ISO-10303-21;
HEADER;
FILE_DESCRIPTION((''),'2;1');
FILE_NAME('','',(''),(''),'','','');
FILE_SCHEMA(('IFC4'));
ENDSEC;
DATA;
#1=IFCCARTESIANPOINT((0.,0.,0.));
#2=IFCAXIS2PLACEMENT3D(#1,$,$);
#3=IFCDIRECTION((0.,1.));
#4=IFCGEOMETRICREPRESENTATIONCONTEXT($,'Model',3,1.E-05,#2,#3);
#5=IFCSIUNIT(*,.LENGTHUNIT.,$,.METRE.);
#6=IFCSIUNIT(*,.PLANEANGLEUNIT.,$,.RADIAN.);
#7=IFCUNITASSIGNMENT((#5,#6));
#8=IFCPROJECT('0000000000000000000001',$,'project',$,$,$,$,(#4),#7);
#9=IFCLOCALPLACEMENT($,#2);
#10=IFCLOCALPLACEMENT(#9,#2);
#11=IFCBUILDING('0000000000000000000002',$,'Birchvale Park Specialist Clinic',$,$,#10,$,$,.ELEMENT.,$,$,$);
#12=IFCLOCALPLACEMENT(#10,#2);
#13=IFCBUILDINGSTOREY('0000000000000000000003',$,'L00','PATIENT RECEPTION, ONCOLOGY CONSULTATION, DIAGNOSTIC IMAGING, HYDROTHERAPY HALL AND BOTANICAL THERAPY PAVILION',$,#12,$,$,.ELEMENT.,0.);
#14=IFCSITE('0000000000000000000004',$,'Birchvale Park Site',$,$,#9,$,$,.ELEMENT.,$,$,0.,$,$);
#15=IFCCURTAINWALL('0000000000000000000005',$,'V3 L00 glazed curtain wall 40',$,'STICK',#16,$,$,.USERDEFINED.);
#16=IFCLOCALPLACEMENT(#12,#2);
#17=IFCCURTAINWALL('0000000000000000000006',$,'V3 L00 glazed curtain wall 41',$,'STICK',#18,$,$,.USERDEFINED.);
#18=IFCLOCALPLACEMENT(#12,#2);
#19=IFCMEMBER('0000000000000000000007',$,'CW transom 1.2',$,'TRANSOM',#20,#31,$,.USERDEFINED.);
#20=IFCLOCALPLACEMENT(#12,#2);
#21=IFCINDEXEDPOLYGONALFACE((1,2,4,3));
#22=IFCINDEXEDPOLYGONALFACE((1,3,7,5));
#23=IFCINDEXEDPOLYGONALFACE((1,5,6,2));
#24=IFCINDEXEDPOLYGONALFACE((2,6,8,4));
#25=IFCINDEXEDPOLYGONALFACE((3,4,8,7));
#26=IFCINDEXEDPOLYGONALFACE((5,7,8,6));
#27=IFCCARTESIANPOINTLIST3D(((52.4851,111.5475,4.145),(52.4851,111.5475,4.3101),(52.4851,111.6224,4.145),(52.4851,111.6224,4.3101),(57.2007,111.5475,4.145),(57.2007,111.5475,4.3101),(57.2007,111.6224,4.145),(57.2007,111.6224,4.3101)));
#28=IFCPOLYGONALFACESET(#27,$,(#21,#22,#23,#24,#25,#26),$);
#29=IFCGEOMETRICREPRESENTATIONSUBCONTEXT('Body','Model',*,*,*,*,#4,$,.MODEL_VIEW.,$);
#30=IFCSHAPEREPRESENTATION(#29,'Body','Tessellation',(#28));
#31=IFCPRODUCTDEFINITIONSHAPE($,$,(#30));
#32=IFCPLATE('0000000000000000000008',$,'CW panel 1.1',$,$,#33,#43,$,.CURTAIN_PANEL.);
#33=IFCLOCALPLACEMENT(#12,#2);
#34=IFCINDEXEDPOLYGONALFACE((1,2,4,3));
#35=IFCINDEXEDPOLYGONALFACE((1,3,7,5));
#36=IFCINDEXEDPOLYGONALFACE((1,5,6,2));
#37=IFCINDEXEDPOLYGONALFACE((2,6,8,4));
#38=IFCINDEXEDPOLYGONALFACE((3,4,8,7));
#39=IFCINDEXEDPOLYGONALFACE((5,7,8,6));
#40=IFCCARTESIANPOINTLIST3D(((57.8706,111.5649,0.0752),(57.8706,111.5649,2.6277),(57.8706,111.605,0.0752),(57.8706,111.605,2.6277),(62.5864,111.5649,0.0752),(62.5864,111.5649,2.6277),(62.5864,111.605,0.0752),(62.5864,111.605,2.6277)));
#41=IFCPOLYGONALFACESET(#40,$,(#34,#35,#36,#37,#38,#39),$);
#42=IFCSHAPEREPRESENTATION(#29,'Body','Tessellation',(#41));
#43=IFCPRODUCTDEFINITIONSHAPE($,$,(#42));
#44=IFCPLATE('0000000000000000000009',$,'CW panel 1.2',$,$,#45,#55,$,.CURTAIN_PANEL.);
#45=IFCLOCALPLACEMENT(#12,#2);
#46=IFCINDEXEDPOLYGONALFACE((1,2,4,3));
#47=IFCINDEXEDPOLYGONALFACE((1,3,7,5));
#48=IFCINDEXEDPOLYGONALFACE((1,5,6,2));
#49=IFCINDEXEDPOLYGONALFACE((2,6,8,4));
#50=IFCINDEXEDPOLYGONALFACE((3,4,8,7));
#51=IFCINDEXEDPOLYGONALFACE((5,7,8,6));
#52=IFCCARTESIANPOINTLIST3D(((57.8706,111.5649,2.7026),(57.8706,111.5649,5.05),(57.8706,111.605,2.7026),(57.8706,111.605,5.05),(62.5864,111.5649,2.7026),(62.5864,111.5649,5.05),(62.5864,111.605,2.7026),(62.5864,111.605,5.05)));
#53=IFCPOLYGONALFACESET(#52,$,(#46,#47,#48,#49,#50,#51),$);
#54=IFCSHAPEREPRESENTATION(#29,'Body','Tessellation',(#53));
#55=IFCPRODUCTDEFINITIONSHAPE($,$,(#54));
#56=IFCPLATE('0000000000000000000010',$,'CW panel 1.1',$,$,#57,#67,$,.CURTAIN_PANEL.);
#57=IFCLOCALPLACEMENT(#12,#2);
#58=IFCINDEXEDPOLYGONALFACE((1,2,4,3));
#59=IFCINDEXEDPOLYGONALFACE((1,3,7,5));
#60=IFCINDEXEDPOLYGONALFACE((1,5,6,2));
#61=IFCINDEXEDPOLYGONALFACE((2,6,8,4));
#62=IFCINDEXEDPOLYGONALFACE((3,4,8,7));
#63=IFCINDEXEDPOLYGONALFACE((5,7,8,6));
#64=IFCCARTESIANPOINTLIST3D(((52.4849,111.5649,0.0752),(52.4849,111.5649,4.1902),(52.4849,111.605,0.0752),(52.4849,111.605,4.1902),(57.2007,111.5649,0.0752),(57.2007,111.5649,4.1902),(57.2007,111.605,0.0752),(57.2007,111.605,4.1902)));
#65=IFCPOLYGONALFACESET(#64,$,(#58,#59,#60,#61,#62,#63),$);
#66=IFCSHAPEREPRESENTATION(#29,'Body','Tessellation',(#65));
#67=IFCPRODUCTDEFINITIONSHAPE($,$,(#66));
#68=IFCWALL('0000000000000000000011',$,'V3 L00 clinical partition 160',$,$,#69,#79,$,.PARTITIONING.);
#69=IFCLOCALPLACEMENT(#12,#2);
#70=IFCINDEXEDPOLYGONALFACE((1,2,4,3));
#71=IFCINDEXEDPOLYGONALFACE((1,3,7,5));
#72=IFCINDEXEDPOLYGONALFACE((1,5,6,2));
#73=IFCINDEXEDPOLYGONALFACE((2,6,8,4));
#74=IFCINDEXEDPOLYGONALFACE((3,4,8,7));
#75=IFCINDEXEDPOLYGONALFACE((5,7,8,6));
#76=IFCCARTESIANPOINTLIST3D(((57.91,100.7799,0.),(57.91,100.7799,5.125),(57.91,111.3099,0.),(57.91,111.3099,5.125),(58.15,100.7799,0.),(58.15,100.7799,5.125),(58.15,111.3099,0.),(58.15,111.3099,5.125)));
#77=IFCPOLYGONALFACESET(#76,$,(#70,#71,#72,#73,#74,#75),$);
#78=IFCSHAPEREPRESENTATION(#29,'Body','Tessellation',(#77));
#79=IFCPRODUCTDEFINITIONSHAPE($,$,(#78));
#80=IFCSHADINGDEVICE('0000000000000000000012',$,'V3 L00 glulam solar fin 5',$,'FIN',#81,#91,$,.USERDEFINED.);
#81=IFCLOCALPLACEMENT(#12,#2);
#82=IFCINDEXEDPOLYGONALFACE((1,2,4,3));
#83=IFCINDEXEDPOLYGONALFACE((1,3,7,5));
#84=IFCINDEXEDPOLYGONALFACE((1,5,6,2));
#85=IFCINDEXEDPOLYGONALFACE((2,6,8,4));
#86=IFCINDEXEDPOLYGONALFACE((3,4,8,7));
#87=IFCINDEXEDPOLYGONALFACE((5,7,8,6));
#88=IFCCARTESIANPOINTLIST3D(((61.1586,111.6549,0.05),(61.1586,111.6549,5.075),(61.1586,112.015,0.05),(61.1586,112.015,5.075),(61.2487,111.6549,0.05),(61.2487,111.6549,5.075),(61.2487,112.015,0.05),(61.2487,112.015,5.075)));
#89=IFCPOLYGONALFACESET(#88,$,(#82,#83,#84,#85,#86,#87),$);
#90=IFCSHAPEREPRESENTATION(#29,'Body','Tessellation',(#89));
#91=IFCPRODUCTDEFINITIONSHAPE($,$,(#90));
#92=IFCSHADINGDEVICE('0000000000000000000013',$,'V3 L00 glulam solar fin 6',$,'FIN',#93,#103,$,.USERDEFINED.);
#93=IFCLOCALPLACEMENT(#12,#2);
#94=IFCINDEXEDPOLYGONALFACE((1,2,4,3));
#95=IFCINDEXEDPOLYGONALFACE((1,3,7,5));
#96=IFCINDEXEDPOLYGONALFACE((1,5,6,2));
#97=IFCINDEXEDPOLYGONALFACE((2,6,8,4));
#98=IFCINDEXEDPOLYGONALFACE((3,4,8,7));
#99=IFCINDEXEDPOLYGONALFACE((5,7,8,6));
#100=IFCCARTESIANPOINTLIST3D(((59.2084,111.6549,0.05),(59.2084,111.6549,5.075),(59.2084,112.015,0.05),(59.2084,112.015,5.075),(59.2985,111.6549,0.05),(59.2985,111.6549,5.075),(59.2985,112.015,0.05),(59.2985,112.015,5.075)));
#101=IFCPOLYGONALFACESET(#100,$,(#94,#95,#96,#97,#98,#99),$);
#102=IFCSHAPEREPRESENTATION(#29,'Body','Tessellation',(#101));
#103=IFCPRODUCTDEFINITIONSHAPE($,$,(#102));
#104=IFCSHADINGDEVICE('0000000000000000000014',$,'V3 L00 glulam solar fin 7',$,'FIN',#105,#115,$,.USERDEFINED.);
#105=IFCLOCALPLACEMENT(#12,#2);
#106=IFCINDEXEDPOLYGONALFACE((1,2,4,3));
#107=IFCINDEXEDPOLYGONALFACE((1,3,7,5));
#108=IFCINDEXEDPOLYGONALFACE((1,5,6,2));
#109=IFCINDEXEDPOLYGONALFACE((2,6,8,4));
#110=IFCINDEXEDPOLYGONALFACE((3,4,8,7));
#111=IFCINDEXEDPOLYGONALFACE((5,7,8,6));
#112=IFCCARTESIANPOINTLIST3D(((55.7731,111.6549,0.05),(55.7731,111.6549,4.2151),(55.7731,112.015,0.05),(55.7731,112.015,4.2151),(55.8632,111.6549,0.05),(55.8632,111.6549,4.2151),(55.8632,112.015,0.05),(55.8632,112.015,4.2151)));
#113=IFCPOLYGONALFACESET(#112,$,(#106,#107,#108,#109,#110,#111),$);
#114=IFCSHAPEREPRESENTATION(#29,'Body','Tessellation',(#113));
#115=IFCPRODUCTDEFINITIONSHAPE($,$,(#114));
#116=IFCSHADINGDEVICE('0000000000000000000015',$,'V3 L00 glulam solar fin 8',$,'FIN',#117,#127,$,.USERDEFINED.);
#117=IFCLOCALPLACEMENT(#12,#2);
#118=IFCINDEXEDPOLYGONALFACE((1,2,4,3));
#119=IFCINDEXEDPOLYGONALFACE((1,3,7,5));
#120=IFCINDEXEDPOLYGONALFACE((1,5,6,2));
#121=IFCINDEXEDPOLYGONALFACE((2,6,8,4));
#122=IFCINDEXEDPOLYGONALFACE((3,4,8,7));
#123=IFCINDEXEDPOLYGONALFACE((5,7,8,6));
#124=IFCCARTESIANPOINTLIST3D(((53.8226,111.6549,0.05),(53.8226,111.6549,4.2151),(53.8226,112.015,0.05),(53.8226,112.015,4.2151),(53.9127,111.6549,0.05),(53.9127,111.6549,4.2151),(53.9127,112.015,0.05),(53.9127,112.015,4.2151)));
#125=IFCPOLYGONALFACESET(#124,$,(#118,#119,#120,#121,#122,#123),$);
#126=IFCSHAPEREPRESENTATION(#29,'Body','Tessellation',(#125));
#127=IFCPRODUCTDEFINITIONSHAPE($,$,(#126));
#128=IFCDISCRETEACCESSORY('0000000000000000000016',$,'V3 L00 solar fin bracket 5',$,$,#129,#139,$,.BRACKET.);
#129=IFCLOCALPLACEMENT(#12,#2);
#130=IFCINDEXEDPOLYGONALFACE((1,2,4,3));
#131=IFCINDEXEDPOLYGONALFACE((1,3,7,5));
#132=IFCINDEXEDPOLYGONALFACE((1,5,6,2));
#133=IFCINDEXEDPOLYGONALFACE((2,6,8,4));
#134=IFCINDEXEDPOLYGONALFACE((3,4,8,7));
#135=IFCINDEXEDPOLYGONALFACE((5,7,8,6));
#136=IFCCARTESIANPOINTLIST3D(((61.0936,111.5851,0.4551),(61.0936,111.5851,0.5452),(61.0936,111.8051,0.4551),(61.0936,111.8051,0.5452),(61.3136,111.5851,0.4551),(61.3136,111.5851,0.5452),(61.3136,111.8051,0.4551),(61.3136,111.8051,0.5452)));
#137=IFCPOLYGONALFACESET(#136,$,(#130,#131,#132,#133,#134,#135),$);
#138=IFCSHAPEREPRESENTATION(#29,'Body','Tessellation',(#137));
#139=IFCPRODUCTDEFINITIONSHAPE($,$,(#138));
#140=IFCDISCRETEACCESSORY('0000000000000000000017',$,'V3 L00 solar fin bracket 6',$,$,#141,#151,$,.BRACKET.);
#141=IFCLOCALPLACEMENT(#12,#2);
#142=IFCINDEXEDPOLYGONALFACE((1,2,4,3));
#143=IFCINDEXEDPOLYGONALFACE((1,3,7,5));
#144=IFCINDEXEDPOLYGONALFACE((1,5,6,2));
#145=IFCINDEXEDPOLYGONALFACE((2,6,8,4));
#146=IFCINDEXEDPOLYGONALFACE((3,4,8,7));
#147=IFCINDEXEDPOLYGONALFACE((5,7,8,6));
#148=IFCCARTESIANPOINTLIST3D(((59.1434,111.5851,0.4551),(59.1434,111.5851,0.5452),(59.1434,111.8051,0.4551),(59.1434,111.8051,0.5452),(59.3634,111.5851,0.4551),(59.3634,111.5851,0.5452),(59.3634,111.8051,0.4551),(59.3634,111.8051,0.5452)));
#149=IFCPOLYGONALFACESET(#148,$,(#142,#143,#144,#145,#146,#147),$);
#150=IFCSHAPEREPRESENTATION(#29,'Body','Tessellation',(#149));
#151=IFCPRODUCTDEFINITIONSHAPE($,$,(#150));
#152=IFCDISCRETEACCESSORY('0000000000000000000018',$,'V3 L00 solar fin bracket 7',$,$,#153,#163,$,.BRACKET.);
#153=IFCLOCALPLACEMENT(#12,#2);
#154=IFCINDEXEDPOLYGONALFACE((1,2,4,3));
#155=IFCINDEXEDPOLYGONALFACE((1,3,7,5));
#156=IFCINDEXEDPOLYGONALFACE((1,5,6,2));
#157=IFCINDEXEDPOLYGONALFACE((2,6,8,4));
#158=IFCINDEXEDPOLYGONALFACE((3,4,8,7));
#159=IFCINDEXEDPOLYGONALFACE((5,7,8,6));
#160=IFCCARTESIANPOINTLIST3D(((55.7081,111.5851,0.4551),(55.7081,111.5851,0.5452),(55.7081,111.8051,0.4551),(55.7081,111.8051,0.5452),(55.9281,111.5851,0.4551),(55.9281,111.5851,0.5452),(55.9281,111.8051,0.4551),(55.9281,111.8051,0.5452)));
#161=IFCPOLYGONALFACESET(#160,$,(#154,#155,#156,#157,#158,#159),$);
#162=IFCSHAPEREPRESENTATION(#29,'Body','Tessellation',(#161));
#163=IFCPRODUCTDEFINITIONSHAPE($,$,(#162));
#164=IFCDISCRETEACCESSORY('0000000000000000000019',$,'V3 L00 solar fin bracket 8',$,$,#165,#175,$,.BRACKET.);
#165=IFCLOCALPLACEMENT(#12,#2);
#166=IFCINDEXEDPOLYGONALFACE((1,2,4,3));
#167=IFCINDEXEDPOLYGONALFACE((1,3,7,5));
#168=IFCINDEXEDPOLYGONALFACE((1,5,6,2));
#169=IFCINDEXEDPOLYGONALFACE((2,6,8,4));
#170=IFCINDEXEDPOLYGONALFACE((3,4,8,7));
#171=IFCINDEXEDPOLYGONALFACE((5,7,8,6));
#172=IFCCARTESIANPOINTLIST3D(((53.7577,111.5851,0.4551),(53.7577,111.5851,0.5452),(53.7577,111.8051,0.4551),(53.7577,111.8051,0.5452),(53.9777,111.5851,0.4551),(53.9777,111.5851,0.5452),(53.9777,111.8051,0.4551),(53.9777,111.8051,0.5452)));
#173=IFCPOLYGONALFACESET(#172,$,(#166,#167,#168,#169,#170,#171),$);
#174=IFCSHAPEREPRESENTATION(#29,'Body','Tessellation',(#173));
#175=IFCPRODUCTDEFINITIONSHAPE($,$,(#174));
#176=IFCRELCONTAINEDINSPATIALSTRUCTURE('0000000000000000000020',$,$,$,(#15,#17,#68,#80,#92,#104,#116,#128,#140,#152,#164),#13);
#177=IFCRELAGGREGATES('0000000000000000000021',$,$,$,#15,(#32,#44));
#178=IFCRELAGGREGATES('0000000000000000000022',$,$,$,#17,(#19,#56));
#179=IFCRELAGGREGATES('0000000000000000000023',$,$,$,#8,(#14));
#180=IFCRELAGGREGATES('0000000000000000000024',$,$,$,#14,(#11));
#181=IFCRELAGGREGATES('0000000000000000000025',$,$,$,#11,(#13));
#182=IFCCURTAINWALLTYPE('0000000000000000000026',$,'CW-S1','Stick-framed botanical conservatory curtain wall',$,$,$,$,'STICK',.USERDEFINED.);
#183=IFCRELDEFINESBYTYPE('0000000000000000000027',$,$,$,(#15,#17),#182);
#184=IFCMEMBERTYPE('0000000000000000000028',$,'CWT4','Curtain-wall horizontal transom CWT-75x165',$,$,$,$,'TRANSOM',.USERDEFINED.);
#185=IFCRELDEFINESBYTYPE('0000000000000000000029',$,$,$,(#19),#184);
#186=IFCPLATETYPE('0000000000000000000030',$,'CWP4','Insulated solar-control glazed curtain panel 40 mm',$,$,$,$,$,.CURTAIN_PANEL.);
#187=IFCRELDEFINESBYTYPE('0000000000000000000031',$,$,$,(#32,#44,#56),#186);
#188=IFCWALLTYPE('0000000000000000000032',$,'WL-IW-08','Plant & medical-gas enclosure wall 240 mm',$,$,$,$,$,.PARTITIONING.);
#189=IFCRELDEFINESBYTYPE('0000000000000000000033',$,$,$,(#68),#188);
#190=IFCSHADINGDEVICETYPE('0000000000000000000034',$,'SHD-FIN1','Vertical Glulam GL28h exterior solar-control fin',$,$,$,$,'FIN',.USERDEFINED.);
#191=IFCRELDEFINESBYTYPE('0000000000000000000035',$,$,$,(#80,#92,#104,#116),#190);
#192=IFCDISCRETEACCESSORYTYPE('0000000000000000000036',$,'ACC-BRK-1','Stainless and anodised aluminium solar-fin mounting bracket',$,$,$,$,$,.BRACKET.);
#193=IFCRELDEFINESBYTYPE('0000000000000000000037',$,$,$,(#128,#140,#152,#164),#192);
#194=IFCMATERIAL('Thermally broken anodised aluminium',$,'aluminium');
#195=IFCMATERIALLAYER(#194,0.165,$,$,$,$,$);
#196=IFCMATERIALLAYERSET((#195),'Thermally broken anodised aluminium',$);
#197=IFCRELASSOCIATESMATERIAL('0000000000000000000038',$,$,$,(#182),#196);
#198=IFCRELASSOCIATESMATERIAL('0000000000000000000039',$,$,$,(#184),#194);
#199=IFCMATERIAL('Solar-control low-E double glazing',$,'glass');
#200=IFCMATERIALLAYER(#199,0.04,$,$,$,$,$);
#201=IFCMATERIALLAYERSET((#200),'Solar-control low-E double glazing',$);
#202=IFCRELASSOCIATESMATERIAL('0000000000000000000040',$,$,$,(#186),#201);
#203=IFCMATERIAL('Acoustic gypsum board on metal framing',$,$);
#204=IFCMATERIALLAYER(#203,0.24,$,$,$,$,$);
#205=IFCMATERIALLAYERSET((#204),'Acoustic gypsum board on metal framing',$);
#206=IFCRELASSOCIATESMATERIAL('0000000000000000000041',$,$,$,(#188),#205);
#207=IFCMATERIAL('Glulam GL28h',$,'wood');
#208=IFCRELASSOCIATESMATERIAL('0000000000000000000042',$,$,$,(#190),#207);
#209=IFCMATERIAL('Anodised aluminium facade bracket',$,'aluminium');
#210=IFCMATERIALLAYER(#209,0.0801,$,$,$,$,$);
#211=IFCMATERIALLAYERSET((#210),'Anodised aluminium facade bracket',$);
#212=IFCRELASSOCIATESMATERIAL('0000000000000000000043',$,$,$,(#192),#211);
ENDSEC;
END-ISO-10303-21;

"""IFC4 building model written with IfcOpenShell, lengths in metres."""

from ifc_helpers import new_model, si_unit, direction, frame, frame_2d, origin, origin_2d, place, context, subcontext, project, spatial, rectangle, extrude, material, layer, layer_set, material_profile, profile_set, type_object, element, aggregate, save


model = new_model("IFC4")

# Units and contexts
model_context = context("Model", 3, precision=1e-05, world=origin(), true_north=direction((0.0, 1.0)))
body_context = subcontext(model_context, "Body", "Model", "MODEL_VIEW")
ifc_project = project(units=[si_unit("LENGTHUNIT", "METRE"), si_unit("PLANEANGLEUNIT", "RADIAN")], contexts=[model_context])

# Site, building, storey
site_placement = place(None, origin())
site = spatial("IfcSite", under=ifc_project, at=site_placement, Name="Birchvale Park Site", CompositionType="ELEMENT", RefElevation=0.0)
building_placement = place(site_placement, origin())
building = spatial("IfcBuilding", under=site, at=building_placement, Name="Birchvale Park Specialist Clinic", CompositionType="ELEMENT")
storey_placement = place(building_placement, origin())
storey = spatial("IfcBuildingStorey", under=building, at=storey_placement, Name="L00", Description="PATIENT RECEPTION, ONCOLOGY CONSULTATION, DIAGNOSTIC IMAGING, HYDROTHERAPY HALL AND BOTANICAL THERAPY PAVILION", CompositionType="ELEMENT", Elevation=0.0)

# Shared definitions
ifc_material_1 = material(Name="Thermally broken anodised aluminium", Category="aluminium")
ifc_layer_1 = layer(ifc_material_1, 0.165)
ifc_layer_set_1 = layer_set([ifc_layer_1], Name="Thermally broken anodised aluminium")
curtain_wall_type = type_object("IfcCurtainWallType", Name="CW-S1", Description="Stick-framed botanical conservatory curtain wall", ElementType="STICK", PredefinedType="USERDEFINED", material=ifc_layer_set_1)

# Curtain walls
curtain_wall_1_placement = place(storey_placement, origin())
curtain_wall_1 = element("IfcCurtainWall", 1, at=curtain_wall_1_placement, inside=storey, type_object=curtain_wall_type, Name="V3 L00 glazed curtain wall 40", ObjectType="STICK", PredefinedType="USERDEFINED")
curtain_wall_2_placement = place(storey_placement, origin())
curtain_wall_2 = element("IfcCurtainWall", 2, at=curtain_wall_2_placement, inside=storey, type_object=curtain_wall_type, Name="V3 L00 glazed curtain wall 41", ObjectType="STICK", PredefinedType="USERDEFINED")

# Member
ifc_material_profile_1 = material_profile(ifc_material_1, rectangle(XDim=0.075, YDim=0.165, at=origin_2d()), Name="CWT-75x165")
ifc_profile_set_1 = profile_set([ifc_material_profile_1], Name="Thermally broken anodised aluminium")
member_type_1 = type_object("IfcMemberType", Name="CWT4", Description="Curtain-wall horizontal transom CWT-75x165", ElementType="TRANSOM", PredefinedType="USERDEFINED", material=ifc_profile_set_1)
member_1_placement = place(storey_placement, frame((57.2007, 111.585, 4.2275), z_axis=(-1.0, 0.0, 0.0), x_axis=(0.0, -1.0, 0.0)))
member_1 = element("IfcMember", 3, at=member_1_placement, type_object=member_type_1, Name="CW transom 1.2", ObjectType="TRANSOM", PredefinedType="USERDEFINED", context=body_context, shape_type="SweptSolid", body=[
    extrude(rectangle(XDim=0.075, YDim=0.165, at=origin_2d()), origin(), (0.0, 0.0, 1.0), 4.7156),
])

# Plates
ifc_material_2 = material(Name="Solar-control low-E double glazing", Category="glass")
ifc_layer_2 = layer(ifc_material_2, 0.04)
ifc_layer_set_2 = layer_set([ifc_layer_2], Name="Solar-control low-E double glazing")
plate_type = type_object("IfcPlateType", Name="CWP4", Description="Insulated solar-control glazed curtain panel 40 mm", PredefinedType="CURTAIN_PANEL", material=ifc_layer_set_2)
plate_1_placement = place(storey_placement, frame((60.2285, 111.585, 0.0752), z_axis=(0.0, 0.0, 1.0), x_axis=(-1.0, 0.0, 0.0)))
plate_1 = element("IfcPlate", 4, at=plate_1_placement, type_object=plate_type, Name="CW panel 1.1", PredefinedType="CURTAIN_PANEL", context=body_context, shape_type="SweptSolid", body=[
    extrude(rectangle(XDim=4.7158, YDim=0.04, at=origin_2d()), origin(), (0.0, 0.0, 1.0), 2.5525),
])
plate_2_placement = place(storey_placement, frame((60.2285, 111.585, 2.7026), z_axis=(0.0, 0.0, 1.0), x_axis=(-1.0, 0.0, 0.0)))
plate_2 = element("IfcPlate", 5, at=plate_2_placement, type_object=plate_type, Name="CW panel 1.2", PredefinedType="CURTAIN_PANEL", context=body_context, shape_type="SweptSolid", body=[
    extrude(rectangle(XDim=4.7158, YDim=0.04, at=origin_2d()), origin(), (0.0, 0.0, 1.0), 2.3474),
])
aggregate(curtain_wall_1, [plate_1, plate_2])
plate_3_placement = place(storey_placement, frame((54.8428, 111.585, 0.0752), z_axis=(0.0, 0.0, 1.0), x_axis=(-1.0, 0.0, 0.0)))
plate_3 = element("IfcPlate", 6, at=plate_3_placement, type_object=plate_type, Name="CW panel 1.1", PredefinedType="CURTAIN_PANEL", context=body_context, shape_type="SweptSolid", body=[
    extrude(rectangle(XDim=4.7158, YDim=0.04, at=origin_2d()), origin(), (0.0, 0.0, 1.0), 4.115),
])
aggregate(curtain_wall_2, [member_1, plate_3])

# Wall
ifc_material_3 = material(Name="Acoustic gypsum board on metal framing")
ifc_layer_3 = layer(ifc_material_3, 0.24)
ifc_layer_set_3 = layer_set([ifc_layer_3], Name="Acoustic gypsum board on metal framing")
wall_type = type_object("IfcWallType", Name="WL-IW-08", Description="Plant & medical-gas enclosure wall 240 mm", PredefinedType="PARTITIONING", material=ifc_layer_set_3)
wall_placement = place(storey_placement, frame((58.03, 111.3101, 0.0), z_axis=(0.0, 0.0, 1.0), x_axis=(0.0, -1.0, 0.0)))
element("IfcWall", 7, at=wall_placement, inside=storey, type_object=wall_type, Name="V3 L00 clinical partition 160", PredefinedType="PARTITIONING", context=body_context, shape_type="SweptSolid", body=[
    extrude(rectangle(XDim=10.53, YDim=0.24, at=frame_2d((5.2651, 0.0))), origin(), (0.0, 0.0, 1.0), 5.125),
])

# Shading devices
ifc_material_4 = material(Name="Glulam GL28h", Category="wood")
shading_device_type = type_object("IfcShadingDeviceType", Name="SHD-FIN1", Description="Vertical Glulam GL28h exterior solar-control fin", ElementType="FIN", PredefinedType="USERDEFINED", material=ifc_material_4)
for number, where, z_axis, x_axis, name in (
    (8, (61.2036, 111.835, 0.05), (0.0, 0.0, 1.0), (0.0, 1.0, 0.0), "V3 L00 glulam solar fin 5"),
    (9, (59.2534, 111.835, 0.05), (0.0, 0.0, 1.0), (0.0, 1.0, 0.0), "V3 L00 glulam solar fin 6"),
):
    element("IfcShadingDevice", number, at=place(storey_placement, frame(where, z_axis=z_axis, x_axis=x_axis)), inside=storey, type_object=shading_device_type, Name=name, ObjectType="FIN", PredefinedType="USERDEFINED", context=body_context, shape_type="SweptSolid", body=[
        extrude(rectangle(XDim=0.3601, YDim=0.0901, at=origin_2d()), origin(), (0.0, 0.0, 1.0), 5.0249),
    ])
for number, where, z_axis, x_axis, name in (
    (10, (55.8181, 111.835, 0.05), (0.0, 0.0, 1.0), (0.0, 1.0, 0.0), "V3 L00 glulam solar fin 7"),
    (11, (53.8677, 111.835, 0.05), (0.0, 0.0, 1.0), (0.0, 1.0, 0.0), "V3 L00 glulam solar fin 8"),
):
    element("IfcShadingDevice", number, at=place(storey_placement, frame(where, z_axis=z_axis, x_axis=x_axis)), inside=storey, type_object=shading_device_type, Name=name, ObjectType="FIN", PredefinedType="USERDEFINED", context=body_context, shape_type="SweptSolid", body=[
        extrude(rectangle(XDim=0.3601, YDim=0.0901, at=origin_2d()), origin(), (0.0, 0.0, 1.0), 4.165),
    ])

# Discrete accessories
ifc_material_5 = material(Name="Anodised aluminium facade bracket", Category="aluminium")
ifc_layer_4 = layer(ifc_material_5, 0.0801)
ifc_layer_set_4 = layer_set([ifc_layer_4], Name="Anodised aluminium facade bracket")
discrete_accessory_type = type_object("IfcDiscreteAccessoryType", Name="ACC-BRK-1", Description="Stainless and anodised aluminium solar-fin mounting bracket", PredefinedType="BRACKET", material=ifc_layer_set_4)
for number, where, z_axis, x_axis, name in (
    (12, (61.2036, 111.6951, 0.4551), (0.0, 0.0, 1.0), (0.0, 1.0, 0.0), "V3 L00 solar fin bracket 5"),
    (13, (59.2534, 111.6951, 0.4551), (0.0, 0.0, 1.0), (0.0, 1.0, 0.0), "V3 L00 solar fin bracket 6"),
    (14, (55.8181, 111.6951, 0.4551), (0.0, 0.0, 1.0), (0.0, 1.0, 0.0), "V3 L00 solar fin bracket 7"),
    (15, (53.8677, 111.6951, 0.4551), (0.0, 0.0, 1.0), (0.0, 1.0, 0.0), "V3 L00 solar fin bracket 8"),
):
    element("IfcDiscreteAccessory", number, at=place(storey_placement, frame(where, z_axis=z_axis, x_axis=x_axis)), inside=storey, type_object=discrete_accessory_type, Name=name, PredefinedType="BRACKET", context=body_context, shape_type="SweptSolid", body=[
        extrude(rectangle(XDim=0.22, YDim=0.22, at=origin_2d()), origin(), (0.0, 0.0, 1.0), 0.0901),
    ])

save(model, "model.ifc")
